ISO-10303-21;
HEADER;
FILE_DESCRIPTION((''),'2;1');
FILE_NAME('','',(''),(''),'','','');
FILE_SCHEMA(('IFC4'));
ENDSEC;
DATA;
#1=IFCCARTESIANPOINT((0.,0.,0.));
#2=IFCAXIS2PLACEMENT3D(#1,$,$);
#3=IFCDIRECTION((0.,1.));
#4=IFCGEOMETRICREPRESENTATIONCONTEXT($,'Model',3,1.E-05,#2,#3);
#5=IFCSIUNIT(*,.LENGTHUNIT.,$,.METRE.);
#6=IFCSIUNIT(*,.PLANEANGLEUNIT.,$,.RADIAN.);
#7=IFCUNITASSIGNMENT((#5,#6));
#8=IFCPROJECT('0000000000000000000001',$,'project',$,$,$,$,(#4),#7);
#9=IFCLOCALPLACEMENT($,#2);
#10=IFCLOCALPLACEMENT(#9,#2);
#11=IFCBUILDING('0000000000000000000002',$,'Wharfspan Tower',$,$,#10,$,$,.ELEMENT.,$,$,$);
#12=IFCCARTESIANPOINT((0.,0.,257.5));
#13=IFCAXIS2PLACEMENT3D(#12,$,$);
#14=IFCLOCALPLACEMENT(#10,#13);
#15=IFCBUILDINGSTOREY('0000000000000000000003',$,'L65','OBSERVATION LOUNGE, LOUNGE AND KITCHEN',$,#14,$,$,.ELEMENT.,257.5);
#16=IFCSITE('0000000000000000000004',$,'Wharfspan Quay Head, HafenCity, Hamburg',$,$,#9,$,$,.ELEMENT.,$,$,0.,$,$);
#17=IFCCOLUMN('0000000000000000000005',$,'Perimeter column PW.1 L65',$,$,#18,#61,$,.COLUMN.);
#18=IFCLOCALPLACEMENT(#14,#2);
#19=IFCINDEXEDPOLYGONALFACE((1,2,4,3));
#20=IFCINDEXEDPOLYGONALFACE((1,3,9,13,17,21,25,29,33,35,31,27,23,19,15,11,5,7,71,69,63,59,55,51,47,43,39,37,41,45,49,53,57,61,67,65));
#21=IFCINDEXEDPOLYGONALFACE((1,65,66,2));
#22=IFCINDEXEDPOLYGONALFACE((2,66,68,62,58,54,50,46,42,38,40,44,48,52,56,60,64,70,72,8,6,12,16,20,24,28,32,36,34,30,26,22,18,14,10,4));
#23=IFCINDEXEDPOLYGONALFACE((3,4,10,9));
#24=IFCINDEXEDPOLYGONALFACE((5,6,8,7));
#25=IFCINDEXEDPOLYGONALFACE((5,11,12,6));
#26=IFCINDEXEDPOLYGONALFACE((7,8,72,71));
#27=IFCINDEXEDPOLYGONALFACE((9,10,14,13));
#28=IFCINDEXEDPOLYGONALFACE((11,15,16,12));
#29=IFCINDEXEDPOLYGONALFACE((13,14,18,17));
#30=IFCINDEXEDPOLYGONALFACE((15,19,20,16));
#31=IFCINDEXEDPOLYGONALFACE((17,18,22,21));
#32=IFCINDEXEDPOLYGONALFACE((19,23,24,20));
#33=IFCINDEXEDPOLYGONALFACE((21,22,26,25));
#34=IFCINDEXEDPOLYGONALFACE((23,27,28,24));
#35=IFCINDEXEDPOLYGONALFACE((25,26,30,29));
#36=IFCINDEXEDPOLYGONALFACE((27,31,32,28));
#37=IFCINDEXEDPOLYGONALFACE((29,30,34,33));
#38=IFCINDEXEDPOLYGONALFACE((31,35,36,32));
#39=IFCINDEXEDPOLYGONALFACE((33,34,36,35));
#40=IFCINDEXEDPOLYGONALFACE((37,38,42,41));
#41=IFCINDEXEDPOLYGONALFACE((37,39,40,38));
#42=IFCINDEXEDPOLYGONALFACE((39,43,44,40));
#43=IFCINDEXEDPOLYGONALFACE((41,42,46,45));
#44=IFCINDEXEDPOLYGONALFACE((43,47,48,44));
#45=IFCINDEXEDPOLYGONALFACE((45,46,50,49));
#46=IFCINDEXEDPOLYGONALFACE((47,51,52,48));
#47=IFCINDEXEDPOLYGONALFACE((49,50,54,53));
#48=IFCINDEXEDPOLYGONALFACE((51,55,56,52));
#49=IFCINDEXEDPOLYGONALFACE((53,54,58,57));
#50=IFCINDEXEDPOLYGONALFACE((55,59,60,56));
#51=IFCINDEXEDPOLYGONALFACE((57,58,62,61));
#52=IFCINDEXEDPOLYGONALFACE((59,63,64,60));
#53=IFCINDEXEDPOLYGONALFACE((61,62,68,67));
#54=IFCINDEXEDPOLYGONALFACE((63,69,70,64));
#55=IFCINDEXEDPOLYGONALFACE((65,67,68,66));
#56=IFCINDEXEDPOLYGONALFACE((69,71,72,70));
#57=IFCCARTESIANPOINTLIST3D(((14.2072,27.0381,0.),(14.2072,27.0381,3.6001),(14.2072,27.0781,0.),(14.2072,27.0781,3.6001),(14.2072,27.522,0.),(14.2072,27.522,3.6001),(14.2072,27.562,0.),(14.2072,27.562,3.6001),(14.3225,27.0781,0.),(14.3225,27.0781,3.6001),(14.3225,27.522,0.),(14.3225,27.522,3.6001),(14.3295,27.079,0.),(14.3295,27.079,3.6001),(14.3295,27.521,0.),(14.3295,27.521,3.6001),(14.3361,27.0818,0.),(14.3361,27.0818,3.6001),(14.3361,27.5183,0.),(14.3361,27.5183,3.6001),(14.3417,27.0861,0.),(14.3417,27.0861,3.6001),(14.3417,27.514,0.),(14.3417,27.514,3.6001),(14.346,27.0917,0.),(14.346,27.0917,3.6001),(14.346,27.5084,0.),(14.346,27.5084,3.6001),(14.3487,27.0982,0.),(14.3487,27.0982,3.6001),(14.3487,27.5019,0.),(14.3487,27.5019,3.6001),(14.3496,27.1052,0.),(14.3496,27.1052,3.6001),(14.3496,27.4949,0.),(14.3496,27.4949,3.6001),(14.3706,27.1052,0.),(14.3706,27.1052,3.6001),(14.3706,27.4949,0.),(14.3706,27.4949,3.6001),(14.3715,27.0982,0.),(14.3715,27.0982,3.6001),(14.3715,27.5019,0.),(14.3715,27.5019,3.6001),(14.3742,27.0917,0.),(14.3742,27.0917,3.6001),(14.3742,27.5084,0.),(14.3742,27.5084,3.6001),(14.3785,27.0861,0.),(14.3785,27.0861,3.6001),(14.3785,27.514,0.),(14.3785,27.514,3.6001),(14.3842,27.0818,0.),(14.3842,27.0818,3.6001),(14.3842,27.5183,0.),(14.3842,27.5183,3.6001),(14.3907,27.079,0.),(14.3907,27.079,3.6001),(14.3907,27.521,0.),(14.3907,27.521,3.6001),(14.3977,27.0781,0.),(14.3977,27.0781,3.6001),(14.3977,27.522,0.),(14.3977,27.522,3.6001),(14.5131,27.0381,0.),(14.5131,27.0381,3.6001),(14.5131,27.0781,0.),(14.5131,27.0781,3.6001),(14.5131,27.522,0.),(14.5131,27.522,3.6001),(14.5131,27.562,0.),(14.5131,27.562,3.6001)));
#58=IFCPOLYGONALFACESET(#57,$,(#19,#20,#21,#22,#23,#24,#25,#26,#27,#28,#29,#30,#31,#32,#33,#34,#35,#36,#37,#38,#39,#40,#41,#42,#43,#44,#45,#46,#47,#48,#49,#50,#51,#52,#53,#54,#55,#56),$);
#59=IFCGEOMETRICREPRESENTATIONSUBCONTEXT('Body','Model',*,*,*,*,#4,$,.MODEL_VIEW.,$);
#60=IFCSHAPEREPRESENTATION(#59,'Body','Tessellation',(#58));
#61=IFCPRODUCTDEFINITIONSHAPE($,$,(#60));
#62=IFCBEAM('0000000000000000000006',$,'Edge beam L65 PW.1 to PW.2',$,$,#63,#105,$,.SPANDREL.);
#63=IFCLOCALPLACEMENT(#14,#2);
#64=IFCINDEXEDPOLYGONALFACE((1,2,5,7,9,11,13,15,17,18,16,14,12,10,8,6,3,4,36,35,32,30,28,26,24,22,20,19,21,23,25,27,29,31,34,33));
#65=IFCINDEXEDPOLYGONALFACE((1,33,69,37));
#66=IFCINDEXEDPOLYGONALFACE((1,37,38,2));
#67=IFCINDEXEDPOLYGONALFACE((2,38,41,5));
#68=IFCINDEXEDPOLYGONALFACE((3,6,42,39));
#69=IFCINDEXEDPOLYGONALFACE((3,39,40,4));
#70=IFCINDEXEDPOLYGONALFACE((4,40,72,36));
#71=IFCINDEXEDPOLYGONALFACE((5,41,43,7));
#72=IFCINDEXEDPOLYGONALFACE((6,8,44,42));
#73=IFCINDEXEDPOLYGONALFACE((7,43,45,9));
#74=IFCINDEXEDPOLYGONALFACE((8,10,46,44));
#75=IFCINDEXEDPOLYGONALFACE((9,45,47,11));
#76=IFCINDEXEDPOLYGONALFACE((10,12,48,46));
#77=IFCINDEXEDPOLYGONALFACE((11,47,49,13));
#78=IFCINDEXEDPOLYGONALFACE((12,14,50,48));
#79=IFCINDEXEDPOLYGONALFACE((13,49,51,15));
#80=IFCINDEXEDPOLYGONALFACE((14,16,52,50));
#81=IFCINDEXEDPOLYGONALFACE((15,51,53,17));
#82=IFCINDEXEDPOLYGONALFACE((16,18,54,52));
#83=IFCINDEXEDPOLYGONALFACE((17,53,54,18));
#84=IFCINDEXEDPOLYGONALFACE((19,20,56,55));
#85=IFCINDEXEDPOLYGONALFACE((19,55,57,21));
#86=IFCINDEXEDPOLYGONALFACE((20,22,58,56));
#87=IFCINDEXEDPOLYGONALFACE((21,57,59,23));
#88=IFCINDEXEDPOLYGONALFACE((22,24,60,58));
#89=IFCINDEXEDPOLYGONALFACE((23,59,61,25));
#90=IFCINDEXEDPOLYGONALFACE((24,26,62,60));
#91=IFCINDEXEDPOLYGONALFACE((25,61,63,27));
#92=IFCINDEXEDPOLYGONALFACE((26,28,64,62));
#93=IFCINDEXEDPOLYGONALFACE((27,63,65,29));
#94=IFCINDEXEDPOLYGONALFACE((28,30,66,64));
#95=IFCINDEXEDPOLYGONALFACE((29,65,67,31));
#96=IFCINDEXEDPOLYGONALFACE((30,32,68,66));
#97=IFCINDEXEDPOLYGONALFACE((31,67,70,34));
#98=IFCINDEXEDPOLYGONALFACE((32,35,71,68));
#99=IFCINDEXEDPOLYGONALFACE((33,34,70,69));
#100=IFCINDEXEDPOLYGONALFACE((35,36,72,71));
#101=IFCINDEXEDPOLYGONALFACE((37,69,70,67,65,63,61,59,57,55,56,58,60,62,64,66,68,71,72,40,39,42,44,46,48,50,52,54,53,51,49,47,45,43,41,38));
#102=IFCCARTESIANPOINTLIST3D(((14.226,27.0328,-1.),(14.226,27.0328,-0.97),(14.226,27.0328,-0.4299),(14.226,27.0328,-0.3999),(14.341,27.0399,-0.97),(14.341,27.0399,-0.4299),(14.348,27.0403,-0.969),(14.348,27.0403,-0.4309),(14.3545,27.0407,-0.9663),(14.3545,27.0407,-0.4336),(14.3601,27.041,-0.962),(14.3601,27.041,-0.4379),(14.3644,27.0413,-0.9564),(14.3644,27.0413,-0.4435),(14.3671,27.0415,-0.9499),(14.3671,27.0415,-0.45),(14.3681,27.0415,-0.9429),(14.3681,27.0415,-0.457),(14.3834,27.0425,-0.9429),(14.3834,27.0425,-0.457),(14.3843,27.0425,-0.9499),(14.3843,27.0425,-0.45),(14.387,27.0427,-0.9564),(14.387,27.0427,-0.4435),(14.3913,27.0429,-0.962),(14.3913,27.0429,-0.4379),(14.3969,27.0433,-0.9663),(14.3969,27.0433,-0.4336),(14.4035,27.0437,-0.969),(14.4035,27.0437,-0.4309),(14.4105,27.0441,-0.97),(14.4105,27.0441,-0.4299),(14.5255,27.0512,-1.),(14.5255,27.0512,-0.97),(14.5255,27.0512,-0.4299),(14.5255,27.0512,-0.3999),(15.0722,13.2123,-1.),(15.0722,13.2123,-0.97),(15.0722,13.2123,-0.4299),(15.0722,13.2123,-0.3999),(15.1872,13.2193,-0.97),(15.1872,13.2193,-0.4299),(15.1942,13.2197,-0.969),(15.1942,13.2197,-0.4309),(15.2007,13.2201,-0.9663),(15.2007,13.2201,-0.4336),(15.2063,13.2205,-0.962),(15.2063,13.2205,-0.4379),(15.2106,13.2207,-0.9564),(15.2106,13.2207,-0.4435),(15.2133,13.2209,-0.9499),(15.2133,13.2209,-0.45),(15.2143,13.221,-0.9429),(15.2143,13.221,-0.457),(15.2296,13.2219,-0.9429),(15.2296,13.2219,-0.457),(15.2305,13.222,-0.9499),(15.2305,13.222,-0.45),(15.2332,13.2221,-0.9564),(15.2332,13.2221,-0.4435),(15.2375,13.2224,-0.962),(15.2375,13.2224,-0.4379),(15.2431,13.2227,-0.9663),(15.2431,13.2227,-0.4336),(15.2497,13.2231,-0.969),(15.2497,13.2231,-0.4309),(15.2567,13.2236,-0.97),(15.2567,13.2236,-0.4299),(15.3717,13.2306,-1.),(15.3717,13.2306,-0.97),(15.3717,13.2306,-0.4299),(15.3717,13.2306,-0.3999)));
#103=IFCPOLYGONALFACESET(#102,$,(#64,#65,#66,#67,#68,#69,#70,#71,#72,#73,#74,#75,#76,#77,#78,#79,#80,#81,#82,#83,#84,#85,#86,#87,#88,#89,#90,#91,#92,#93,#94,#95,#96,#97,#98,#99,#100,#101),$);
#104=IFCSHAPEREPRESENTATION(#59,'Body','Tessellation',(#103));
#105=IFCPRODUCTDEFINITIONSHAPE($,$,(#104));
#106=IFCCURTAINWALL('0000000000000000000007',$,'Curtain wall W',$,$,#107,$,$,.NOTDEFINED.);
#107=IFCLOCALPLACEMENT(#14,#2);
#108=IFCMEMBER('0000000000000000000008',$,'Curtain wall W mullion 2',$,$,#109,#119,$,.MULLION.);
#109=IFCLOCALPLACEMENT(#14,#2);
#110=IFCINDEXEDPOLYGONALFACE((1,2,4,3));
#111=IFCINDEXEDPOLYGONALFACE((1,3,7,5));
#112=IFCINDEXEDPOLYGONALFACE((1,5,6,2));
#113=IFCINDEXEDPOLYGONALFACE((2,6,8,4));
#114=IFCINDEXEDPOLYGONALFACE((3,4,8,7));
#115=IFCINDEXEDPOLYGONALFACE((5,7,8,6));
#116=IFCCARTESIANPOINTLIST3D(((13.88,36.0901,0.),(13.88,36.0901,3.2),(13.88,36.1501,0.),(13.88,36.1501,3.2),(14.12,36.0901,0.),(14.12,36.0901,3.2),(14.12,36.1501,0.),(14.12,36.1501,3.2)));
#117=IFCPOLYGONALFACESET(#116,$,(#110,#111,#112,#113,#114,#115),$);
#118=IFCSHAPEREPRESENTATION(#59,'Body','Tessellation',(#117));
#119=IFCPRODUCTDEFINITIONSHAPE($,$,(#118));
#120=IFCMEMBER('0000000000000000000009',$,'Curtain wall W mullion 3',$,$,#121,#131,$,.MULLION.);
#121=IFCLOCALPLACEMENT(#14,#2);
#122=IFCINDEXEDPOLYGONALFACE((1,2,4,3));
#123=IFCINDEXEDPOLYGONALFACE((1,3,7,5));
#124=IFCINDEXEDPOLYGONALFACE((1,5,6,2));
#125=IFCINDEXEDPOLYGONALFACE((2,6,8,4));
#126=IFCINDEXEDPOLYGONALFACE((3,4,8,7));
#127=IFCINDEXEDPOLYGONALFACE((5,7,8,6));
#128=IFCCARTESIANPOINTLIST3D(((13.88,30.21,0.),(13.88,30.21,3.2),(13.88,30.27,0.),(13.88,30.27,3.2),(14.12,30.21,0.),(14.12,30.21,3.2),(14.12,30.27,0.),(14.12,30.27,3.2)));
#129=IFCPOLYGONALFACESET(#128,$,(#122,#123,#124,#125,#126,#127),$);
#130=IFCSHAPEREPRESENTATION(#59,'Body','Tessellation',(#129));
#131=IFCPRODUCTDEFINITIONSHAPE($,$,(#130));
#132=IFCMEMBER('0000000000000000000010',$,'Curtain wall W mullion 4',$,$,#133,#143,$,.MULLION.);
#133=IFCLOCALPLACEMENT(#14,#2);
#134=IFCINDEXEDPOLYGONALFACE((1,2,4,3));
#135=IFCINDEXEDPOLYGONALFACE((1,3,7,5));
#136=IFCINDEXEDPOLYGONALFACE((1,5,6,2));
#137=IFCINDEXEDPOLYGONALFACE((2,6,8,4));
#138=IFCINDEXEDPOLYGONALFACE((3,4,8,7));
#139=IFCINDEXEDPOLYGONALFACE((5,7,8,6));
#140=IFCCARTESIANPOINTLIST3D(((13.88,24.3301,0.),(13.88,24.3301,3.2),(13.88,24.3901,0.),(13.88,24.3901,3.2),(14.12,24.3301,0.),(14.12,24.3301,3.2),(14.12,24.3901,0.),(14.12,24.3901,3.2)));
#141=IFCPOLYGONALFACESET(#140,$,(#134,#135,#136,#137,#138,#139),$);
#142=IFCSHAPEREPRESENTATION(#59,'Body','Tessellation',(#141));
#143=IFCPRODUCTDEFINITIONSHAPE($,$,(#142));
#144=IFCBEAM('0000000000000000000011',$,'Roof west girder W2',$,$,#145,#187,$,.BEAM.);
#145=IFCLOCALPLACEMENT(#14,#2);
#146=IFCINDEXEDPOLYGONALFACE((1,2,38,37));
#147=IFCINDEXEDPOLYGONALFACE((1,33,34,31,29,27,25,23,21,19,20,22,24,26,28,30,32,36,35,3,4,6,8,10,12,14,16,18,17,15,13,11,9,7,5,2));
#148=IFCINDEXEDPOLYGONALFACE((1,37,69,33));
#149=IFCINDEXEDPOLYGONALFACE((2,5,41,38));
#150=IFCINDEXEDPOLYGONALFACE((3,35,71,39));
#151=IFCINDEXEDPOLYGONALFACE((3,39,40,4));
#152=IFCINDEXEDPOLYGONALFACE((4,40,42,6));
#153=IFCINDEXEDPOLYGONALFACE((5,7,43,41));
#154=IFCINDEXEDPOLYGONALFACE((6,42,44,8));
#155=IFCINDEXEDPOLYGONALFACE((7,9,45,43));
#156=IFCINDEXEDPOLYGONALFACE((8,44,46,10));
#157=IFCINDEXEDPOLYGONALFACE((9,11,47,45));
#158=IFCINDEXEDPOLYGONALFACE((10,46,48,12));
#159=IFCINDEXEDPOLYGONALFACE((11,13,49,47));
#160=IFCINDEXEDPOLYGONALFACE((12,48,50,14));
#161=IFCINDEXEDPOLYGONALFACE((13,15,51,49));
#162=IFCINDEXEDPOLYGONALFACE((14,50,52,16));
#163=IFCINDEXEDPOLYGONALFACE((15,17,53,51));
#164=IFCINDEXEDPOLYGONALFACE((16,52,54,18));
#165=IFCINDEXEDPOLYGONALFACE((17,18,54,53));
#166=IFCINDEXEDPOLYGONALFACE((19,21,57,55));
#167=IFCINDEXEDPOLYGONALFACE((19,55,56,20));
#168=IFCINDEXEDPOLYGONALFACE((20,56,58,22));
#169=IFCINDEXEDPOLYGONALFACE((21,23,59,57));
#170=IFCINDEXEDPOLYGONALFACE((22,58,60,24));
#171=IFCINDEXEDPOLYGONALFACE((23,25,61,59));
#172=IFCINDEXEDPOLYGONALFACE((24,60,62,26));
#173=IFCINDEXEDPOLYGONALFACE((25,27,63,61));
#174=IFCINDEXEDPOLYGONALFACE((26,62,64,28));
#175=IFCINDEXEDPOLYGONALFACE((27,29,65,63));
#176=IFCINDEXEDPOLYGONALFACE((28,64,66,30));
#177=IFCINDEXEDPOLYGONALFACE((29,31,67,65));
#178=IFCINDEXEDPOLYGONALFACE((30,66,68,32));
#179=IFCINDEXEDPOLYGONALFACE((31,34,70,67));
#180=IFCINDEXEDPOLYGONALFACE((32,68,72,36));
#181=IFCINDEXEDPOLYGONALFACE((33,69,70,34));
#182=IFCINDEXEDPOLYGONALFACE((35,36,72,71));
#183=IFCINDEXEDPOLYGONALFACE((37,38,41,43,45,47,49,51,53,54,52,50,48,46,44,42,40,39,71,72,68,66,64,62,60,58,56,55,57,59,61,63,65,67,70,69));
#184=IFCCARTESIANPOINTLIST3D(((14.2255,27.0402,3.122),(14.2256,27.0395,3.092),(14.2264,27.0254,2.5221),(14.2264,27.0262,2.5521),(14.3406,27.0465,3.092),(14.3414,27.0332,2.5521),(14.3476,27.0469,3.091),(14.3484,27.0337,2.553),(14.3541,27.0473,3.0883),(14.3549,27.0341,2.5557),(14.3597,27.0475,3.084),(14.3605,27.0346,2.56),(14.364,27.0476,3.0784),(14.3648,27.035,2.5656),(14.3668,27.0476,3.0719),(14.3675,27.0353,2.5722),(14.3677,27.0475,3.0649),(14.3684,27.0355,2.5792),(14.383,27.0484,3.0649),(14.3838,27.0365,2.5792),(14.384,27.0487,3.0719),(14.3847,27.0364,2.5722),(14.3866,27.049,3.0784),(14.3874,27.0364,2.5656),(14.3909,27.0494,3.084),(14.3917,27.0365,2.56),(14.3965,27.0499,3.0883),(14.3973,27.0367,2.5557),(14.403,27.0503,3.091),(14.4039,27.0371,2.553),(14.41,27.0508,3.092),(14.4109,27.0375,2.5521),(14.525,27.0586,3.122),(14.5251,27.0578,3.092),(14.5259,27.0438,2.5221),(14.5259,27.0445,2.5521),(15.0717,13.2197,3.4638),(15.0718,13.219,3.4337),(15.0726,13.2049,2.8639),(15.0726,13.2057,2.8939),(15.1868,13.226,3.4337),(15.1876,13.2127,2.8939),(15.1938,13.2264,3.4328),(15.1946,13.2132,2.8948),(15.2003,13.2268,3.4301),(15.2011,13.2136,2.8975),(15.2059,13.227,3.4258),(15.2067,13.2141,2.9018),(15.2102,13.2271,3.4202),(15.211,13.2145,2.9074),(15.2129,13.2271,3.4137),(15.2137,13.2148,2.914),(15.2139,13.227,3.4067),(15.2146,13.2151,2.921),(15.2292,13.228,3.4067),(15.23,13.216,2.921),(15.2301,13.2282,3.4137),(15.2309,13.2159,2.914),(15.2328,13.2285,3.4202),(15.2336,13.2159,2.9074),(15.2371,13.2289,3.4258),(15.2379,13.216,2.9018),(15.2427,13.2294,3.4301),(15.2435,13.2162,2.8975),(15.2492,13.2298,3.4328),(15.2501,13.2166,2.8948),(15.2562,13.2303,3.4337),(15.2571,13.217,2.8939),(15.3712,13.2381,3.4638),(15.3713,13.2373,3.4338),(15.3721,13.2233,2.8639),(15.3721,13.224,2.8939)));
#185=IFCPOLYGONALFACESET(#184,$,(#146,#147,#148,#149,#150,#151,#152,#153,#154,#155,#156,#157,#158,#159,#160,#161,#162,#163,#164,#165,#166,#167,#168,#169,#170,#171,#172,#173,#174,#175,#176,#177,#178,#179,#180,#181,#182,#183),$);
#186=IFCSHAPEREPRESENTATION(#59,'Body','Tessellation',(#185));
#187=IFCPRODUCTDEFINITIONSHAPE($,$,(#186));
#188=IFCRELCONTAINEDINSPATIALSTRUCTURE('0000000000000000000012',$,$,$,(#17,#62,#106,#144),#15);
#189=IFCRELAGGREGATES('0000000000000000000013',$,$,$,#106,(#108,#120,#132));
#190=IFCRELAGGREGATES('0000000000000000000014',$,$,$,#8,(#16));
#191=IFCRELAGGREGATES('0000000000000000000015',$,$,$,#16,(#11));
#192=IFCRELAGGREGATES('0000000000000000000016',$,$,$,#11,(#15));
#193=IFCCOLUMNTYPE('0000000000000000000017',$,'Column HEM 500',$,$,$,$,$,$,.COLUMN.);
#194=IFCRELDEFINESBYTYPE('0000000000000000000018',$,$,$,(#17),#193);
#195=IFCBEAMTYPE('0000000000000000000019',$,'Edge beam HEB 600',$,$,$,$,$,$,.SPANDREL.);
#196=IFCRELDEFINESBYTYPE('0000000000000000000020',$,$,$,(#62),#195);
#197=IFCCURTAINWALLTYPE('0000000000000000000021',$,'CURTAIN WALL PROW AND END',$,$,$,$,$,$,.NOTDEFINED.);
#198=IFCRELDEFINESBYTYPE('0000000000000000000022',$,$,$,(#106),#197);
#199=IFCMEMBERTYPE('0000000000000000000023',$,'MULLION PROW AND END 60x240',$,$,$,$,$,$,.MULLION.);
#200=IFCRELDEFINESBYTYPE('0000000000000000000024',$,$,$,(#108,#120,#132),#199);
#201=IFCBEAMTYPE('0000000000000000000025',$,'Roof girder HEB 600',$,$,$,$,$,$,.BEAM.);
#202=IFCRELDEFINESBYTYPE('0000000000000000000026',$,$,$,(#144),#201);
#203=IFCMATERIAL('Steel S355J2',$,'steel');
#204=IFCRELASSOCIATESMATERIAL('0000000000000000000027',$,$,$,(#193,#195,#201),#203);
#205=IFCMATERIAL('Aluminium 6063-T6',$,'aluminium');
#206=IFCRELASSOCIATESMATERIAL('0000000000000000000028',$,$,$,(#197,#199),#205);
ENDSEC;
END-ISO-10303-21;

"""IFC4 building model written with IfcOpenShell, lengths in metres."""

from ifc_helpers import new_model, si_unit, direction, frame, origin, origin_2d, place, context, subcontext, project, spatial, rectangle, i_section, extrude, material, material_profile, profile_set, type_object, element, aggregate, save


model = new_model("IFC4")

# Units and contexts
model_context = context("Model", 3, precision=1e-05, world=origin(), true_north=direction((0.0, 1.0)))
body_context = subcontext(model_context, "Body", "Model", "MODEL_VIEW")
ifc_project = project(units=[si_unit("LENGTHUNIT", "METRE"), si_unit("PLANEANGLEUNIT", "RADIAN")], contexts=[model_context])

# Site, building, storey
site_placement = place(None, origin())
site = spatial("IfcSite", under=ifc_project, at=site_placement, Name="Wharfspan Quay Head, HafenCity, Hamburg", CompositionType="ELEMENT", RefElevation=0.0)
building_placement = place(site_placement, origin())
building = spatial("IfcBuilding", under=site, at=building_placement, Name="Wharfspan Tower", CompositionType="ELEMENT")
storey_placement = place(building_placement, frame((0.0, 0.0, 257.5)))
storey = spatial("IfcBuildingStorey", under=building, at=storey_placement, Name="L65", Description="OBSERVATION LOUNGE, LOUNGE AND KITCHEN", CompositionType="ELEMENT", Elevation=257.5)

# Column
ifc_material_1 = material(Name="Steel S355J2", Category="steel")
ifc_material_profile_1 = material_profile(ifc_material_1, i_section(OverallWidth=0.3059, OverallDepth=0.5239, WebThickness=0.021, FlangeThickness=0.04, FilletRadius=0.0271, at=origin_2d()))
ifc_profile_set_1 = profile_set([ifc_material_profile_1], Name="Steel S355J2")
column_type = type_object("IfcColumnType", Name="Column HEM 500", PredefinedType="COLUMN", material=ifc_profile_set_1)
column_placement = place(storey_placement, frame((14.3601, 27.3, 0.0), z_axis=(0.0, 0.0, 1.0), x_axis=(-1.0, 0.0, 0.0)))
element("IfcColumn", 1, at=column_placement, inside=storey, type_object=column_type, Name="Perimeter column PW.1 L65", PredefinedType="COLUMN", context=body_context, shape_type="SweptSolid", body=[
    extrude(i_section(OverallWidth=0.3059, OverallDepth=0.5239, WebThickness=0.021, FlangeThickness=0.04, FilletRadius=0.0271, at=origin_2d()), origin(), (0.0, 0.0, 1.0), 3.6001),
])

# Beam
ifc_material_profile_2 = material_profile(ifc_material_1, i_section(OverallWidth=0.3, OverallDepth=0.6001, WebThickness=0.0154, FlangeThickness=0.03, FilletRadius=0.0271, at=origin_2d()))
ifc_profile_set_2 = profile_set([ifc_material_profile_2], Name="Steel S355J2")
beam_type_1 = type_object("IfcBeamType", Name="Edge beam HEB 600", PredefinedType="SPANDREL", material=ifc_profile_set_2)
beam_1_placement = place(storey_placement, frame((14.3757, 27.042, -0.7), z_axis=(0.061113, -0.998131, 0.0), x_axis=(0.998131, 0.061113, 0.0)))
element("IfcBeam", 2, at=beam_1_placement, inside=storey, type_object=beam_type_1, Name="Edge beam L65 PW.1 to PW.2", PredefinedType="SPANDREL", context=body_context, shape_type="SweptSolid", body=[
    extrude(i_section(OverallWidth=0.3, OverallDepth=0.6001, WebThickness=0.0154, FlangeThickness=0.03, FilletRadius=0.0271, at=origin_2d()), origin(), (0.0, 0.0, 1.0), 13.8464),
])

# Curtain wall, members
ifc_material_2 = material(Name="Aluminium 6063-T6", Category="aluminium")
curtain_wall_type = type_object("IfcCurtainWallType", Name="CURTAIN WALL PROW AND END", PredefinedType="NOTDEFINED", material=ifc_material_2)
curtain_wall_placement = place(storey_placement, origin())
curtain_wall = element("IfcCurtainWall", 3, at=curtain_wall_placement, inside=storey, type_object=curtain_wall_type, Name="Curtain wall W", PredefinedType="NOTDEFINED")
ifc_material_profile_3 = material_profile(ifc_material_2, rectangle(XDim=0.24, YDim=0.0601, at=origin_2d()))
ifc_profile_set_3 = profile_set([ifc_material_profile_3], Name="Aluminium 6063-T6")
member_type_1 = type_object("IfcMemberType", Name="MULLION PROW AND END 60x240", PredefinedType="MULLION", material=ifc_profile_set_3)
member_1_placement = place(storey_placement, frame((14.0, 36.1201, 0.0), z_axis=(0.0, 0.0, 1.0), x_axis=(1.0, 0.0, 0.0)))
member_1 = element("IfcMember", 4, at=member_1_placement, type_object=member_type_1, Name="Curtain wall W mullion 2", PredefinedType="MULLION", context=body_context, shape_type="SweptSolid", body=[
    extrude(rectangle(XDim=0.24, YDim=0.0601, at=origin_2d()), origin(), (0.0, 0.0, 1.0), 3.2),
])
member_2_placement = place(storey_placement, frame((14.0, 30.24, 0.0), z_axis=(0.0, 0.0, 1.0), x_axis=(1.0, 0.0, 0.0)))
member_2 = element("IfcMember", 5, at=member_2_placement, type_object=member_type_1, Name="Curtain wall W mullion 3", PredefinedType="MULLION", context=body_context, shape_type="SweptSolid", body=[
    extrude(rectangle(XDim=0.24, YDim=0.0601, at=origin_2d()), origin(), (0.0, 0.0, 1.0), 3.2),
])
member_3_placement = place(storey_placement, frame((14.0, 24.3601, 0.0), z_axis=(0.0, 0.0, 1.0), x_axis=(1.0, 0.0, 0.0)))
member_3 = element("IfcMember", 6, at=member_3_placement, type_object=member_type_1, Name="Curtain wall W mullion 4", PredefinedType="MULLION", context=body_context, shape_type="SweptSolid", body=[
    extrude(rectangle(XDim=0.24, YDim=0.0601, at=origin_2d()), origin(), (0.0, 0.0, 1.0), 3.2),
])

# Beam
ifc_material_profile_4 = material_profile(ifc_material_1, i_section(OverallWidth=0.3, OverallDepth=0.6001, WebThickness=0.0154, FlangeThickness=0.03, FilletRadius=0.0271, at=origin_2d()))
ifc_profile_set_4 = profile_set([ifc_material_profile_4], Name="Steel S355J2")
beam_type_2 = type_object("IfcBeamType", Name="Roof girder HEB 600", PredefinedType="BEAM", material=ifc_profile_set_4)
beam_2_placement = place(storey_placement, frame((14.3757, 27.042, 2.822), z_axis=(0.061094, -0.997827, 0.024677), x_axis=(0.998135, 0.061113, 0.000004)))
element("IfcBeam", 7, at=beam_2_placement, inside=storey, type_object=beam_type_2, Name="Roof west girder W2", PredefinedType="BEAM", context=body_context, shape_type="SweptSolid", body=[
    extrude(i_section(OverallWidth=0.3, OverallDepth=0.6001, WebThickness=0.0154, FlangeThickness=0.03, FilletRadius=0.0271, at=origin_2d()), origin(), (0.0, 0.0, 1.0), 13.8506),
])

aggregate(curtain_wall, [member_1, member_2, member_3])

save(model, "model.ifc")
